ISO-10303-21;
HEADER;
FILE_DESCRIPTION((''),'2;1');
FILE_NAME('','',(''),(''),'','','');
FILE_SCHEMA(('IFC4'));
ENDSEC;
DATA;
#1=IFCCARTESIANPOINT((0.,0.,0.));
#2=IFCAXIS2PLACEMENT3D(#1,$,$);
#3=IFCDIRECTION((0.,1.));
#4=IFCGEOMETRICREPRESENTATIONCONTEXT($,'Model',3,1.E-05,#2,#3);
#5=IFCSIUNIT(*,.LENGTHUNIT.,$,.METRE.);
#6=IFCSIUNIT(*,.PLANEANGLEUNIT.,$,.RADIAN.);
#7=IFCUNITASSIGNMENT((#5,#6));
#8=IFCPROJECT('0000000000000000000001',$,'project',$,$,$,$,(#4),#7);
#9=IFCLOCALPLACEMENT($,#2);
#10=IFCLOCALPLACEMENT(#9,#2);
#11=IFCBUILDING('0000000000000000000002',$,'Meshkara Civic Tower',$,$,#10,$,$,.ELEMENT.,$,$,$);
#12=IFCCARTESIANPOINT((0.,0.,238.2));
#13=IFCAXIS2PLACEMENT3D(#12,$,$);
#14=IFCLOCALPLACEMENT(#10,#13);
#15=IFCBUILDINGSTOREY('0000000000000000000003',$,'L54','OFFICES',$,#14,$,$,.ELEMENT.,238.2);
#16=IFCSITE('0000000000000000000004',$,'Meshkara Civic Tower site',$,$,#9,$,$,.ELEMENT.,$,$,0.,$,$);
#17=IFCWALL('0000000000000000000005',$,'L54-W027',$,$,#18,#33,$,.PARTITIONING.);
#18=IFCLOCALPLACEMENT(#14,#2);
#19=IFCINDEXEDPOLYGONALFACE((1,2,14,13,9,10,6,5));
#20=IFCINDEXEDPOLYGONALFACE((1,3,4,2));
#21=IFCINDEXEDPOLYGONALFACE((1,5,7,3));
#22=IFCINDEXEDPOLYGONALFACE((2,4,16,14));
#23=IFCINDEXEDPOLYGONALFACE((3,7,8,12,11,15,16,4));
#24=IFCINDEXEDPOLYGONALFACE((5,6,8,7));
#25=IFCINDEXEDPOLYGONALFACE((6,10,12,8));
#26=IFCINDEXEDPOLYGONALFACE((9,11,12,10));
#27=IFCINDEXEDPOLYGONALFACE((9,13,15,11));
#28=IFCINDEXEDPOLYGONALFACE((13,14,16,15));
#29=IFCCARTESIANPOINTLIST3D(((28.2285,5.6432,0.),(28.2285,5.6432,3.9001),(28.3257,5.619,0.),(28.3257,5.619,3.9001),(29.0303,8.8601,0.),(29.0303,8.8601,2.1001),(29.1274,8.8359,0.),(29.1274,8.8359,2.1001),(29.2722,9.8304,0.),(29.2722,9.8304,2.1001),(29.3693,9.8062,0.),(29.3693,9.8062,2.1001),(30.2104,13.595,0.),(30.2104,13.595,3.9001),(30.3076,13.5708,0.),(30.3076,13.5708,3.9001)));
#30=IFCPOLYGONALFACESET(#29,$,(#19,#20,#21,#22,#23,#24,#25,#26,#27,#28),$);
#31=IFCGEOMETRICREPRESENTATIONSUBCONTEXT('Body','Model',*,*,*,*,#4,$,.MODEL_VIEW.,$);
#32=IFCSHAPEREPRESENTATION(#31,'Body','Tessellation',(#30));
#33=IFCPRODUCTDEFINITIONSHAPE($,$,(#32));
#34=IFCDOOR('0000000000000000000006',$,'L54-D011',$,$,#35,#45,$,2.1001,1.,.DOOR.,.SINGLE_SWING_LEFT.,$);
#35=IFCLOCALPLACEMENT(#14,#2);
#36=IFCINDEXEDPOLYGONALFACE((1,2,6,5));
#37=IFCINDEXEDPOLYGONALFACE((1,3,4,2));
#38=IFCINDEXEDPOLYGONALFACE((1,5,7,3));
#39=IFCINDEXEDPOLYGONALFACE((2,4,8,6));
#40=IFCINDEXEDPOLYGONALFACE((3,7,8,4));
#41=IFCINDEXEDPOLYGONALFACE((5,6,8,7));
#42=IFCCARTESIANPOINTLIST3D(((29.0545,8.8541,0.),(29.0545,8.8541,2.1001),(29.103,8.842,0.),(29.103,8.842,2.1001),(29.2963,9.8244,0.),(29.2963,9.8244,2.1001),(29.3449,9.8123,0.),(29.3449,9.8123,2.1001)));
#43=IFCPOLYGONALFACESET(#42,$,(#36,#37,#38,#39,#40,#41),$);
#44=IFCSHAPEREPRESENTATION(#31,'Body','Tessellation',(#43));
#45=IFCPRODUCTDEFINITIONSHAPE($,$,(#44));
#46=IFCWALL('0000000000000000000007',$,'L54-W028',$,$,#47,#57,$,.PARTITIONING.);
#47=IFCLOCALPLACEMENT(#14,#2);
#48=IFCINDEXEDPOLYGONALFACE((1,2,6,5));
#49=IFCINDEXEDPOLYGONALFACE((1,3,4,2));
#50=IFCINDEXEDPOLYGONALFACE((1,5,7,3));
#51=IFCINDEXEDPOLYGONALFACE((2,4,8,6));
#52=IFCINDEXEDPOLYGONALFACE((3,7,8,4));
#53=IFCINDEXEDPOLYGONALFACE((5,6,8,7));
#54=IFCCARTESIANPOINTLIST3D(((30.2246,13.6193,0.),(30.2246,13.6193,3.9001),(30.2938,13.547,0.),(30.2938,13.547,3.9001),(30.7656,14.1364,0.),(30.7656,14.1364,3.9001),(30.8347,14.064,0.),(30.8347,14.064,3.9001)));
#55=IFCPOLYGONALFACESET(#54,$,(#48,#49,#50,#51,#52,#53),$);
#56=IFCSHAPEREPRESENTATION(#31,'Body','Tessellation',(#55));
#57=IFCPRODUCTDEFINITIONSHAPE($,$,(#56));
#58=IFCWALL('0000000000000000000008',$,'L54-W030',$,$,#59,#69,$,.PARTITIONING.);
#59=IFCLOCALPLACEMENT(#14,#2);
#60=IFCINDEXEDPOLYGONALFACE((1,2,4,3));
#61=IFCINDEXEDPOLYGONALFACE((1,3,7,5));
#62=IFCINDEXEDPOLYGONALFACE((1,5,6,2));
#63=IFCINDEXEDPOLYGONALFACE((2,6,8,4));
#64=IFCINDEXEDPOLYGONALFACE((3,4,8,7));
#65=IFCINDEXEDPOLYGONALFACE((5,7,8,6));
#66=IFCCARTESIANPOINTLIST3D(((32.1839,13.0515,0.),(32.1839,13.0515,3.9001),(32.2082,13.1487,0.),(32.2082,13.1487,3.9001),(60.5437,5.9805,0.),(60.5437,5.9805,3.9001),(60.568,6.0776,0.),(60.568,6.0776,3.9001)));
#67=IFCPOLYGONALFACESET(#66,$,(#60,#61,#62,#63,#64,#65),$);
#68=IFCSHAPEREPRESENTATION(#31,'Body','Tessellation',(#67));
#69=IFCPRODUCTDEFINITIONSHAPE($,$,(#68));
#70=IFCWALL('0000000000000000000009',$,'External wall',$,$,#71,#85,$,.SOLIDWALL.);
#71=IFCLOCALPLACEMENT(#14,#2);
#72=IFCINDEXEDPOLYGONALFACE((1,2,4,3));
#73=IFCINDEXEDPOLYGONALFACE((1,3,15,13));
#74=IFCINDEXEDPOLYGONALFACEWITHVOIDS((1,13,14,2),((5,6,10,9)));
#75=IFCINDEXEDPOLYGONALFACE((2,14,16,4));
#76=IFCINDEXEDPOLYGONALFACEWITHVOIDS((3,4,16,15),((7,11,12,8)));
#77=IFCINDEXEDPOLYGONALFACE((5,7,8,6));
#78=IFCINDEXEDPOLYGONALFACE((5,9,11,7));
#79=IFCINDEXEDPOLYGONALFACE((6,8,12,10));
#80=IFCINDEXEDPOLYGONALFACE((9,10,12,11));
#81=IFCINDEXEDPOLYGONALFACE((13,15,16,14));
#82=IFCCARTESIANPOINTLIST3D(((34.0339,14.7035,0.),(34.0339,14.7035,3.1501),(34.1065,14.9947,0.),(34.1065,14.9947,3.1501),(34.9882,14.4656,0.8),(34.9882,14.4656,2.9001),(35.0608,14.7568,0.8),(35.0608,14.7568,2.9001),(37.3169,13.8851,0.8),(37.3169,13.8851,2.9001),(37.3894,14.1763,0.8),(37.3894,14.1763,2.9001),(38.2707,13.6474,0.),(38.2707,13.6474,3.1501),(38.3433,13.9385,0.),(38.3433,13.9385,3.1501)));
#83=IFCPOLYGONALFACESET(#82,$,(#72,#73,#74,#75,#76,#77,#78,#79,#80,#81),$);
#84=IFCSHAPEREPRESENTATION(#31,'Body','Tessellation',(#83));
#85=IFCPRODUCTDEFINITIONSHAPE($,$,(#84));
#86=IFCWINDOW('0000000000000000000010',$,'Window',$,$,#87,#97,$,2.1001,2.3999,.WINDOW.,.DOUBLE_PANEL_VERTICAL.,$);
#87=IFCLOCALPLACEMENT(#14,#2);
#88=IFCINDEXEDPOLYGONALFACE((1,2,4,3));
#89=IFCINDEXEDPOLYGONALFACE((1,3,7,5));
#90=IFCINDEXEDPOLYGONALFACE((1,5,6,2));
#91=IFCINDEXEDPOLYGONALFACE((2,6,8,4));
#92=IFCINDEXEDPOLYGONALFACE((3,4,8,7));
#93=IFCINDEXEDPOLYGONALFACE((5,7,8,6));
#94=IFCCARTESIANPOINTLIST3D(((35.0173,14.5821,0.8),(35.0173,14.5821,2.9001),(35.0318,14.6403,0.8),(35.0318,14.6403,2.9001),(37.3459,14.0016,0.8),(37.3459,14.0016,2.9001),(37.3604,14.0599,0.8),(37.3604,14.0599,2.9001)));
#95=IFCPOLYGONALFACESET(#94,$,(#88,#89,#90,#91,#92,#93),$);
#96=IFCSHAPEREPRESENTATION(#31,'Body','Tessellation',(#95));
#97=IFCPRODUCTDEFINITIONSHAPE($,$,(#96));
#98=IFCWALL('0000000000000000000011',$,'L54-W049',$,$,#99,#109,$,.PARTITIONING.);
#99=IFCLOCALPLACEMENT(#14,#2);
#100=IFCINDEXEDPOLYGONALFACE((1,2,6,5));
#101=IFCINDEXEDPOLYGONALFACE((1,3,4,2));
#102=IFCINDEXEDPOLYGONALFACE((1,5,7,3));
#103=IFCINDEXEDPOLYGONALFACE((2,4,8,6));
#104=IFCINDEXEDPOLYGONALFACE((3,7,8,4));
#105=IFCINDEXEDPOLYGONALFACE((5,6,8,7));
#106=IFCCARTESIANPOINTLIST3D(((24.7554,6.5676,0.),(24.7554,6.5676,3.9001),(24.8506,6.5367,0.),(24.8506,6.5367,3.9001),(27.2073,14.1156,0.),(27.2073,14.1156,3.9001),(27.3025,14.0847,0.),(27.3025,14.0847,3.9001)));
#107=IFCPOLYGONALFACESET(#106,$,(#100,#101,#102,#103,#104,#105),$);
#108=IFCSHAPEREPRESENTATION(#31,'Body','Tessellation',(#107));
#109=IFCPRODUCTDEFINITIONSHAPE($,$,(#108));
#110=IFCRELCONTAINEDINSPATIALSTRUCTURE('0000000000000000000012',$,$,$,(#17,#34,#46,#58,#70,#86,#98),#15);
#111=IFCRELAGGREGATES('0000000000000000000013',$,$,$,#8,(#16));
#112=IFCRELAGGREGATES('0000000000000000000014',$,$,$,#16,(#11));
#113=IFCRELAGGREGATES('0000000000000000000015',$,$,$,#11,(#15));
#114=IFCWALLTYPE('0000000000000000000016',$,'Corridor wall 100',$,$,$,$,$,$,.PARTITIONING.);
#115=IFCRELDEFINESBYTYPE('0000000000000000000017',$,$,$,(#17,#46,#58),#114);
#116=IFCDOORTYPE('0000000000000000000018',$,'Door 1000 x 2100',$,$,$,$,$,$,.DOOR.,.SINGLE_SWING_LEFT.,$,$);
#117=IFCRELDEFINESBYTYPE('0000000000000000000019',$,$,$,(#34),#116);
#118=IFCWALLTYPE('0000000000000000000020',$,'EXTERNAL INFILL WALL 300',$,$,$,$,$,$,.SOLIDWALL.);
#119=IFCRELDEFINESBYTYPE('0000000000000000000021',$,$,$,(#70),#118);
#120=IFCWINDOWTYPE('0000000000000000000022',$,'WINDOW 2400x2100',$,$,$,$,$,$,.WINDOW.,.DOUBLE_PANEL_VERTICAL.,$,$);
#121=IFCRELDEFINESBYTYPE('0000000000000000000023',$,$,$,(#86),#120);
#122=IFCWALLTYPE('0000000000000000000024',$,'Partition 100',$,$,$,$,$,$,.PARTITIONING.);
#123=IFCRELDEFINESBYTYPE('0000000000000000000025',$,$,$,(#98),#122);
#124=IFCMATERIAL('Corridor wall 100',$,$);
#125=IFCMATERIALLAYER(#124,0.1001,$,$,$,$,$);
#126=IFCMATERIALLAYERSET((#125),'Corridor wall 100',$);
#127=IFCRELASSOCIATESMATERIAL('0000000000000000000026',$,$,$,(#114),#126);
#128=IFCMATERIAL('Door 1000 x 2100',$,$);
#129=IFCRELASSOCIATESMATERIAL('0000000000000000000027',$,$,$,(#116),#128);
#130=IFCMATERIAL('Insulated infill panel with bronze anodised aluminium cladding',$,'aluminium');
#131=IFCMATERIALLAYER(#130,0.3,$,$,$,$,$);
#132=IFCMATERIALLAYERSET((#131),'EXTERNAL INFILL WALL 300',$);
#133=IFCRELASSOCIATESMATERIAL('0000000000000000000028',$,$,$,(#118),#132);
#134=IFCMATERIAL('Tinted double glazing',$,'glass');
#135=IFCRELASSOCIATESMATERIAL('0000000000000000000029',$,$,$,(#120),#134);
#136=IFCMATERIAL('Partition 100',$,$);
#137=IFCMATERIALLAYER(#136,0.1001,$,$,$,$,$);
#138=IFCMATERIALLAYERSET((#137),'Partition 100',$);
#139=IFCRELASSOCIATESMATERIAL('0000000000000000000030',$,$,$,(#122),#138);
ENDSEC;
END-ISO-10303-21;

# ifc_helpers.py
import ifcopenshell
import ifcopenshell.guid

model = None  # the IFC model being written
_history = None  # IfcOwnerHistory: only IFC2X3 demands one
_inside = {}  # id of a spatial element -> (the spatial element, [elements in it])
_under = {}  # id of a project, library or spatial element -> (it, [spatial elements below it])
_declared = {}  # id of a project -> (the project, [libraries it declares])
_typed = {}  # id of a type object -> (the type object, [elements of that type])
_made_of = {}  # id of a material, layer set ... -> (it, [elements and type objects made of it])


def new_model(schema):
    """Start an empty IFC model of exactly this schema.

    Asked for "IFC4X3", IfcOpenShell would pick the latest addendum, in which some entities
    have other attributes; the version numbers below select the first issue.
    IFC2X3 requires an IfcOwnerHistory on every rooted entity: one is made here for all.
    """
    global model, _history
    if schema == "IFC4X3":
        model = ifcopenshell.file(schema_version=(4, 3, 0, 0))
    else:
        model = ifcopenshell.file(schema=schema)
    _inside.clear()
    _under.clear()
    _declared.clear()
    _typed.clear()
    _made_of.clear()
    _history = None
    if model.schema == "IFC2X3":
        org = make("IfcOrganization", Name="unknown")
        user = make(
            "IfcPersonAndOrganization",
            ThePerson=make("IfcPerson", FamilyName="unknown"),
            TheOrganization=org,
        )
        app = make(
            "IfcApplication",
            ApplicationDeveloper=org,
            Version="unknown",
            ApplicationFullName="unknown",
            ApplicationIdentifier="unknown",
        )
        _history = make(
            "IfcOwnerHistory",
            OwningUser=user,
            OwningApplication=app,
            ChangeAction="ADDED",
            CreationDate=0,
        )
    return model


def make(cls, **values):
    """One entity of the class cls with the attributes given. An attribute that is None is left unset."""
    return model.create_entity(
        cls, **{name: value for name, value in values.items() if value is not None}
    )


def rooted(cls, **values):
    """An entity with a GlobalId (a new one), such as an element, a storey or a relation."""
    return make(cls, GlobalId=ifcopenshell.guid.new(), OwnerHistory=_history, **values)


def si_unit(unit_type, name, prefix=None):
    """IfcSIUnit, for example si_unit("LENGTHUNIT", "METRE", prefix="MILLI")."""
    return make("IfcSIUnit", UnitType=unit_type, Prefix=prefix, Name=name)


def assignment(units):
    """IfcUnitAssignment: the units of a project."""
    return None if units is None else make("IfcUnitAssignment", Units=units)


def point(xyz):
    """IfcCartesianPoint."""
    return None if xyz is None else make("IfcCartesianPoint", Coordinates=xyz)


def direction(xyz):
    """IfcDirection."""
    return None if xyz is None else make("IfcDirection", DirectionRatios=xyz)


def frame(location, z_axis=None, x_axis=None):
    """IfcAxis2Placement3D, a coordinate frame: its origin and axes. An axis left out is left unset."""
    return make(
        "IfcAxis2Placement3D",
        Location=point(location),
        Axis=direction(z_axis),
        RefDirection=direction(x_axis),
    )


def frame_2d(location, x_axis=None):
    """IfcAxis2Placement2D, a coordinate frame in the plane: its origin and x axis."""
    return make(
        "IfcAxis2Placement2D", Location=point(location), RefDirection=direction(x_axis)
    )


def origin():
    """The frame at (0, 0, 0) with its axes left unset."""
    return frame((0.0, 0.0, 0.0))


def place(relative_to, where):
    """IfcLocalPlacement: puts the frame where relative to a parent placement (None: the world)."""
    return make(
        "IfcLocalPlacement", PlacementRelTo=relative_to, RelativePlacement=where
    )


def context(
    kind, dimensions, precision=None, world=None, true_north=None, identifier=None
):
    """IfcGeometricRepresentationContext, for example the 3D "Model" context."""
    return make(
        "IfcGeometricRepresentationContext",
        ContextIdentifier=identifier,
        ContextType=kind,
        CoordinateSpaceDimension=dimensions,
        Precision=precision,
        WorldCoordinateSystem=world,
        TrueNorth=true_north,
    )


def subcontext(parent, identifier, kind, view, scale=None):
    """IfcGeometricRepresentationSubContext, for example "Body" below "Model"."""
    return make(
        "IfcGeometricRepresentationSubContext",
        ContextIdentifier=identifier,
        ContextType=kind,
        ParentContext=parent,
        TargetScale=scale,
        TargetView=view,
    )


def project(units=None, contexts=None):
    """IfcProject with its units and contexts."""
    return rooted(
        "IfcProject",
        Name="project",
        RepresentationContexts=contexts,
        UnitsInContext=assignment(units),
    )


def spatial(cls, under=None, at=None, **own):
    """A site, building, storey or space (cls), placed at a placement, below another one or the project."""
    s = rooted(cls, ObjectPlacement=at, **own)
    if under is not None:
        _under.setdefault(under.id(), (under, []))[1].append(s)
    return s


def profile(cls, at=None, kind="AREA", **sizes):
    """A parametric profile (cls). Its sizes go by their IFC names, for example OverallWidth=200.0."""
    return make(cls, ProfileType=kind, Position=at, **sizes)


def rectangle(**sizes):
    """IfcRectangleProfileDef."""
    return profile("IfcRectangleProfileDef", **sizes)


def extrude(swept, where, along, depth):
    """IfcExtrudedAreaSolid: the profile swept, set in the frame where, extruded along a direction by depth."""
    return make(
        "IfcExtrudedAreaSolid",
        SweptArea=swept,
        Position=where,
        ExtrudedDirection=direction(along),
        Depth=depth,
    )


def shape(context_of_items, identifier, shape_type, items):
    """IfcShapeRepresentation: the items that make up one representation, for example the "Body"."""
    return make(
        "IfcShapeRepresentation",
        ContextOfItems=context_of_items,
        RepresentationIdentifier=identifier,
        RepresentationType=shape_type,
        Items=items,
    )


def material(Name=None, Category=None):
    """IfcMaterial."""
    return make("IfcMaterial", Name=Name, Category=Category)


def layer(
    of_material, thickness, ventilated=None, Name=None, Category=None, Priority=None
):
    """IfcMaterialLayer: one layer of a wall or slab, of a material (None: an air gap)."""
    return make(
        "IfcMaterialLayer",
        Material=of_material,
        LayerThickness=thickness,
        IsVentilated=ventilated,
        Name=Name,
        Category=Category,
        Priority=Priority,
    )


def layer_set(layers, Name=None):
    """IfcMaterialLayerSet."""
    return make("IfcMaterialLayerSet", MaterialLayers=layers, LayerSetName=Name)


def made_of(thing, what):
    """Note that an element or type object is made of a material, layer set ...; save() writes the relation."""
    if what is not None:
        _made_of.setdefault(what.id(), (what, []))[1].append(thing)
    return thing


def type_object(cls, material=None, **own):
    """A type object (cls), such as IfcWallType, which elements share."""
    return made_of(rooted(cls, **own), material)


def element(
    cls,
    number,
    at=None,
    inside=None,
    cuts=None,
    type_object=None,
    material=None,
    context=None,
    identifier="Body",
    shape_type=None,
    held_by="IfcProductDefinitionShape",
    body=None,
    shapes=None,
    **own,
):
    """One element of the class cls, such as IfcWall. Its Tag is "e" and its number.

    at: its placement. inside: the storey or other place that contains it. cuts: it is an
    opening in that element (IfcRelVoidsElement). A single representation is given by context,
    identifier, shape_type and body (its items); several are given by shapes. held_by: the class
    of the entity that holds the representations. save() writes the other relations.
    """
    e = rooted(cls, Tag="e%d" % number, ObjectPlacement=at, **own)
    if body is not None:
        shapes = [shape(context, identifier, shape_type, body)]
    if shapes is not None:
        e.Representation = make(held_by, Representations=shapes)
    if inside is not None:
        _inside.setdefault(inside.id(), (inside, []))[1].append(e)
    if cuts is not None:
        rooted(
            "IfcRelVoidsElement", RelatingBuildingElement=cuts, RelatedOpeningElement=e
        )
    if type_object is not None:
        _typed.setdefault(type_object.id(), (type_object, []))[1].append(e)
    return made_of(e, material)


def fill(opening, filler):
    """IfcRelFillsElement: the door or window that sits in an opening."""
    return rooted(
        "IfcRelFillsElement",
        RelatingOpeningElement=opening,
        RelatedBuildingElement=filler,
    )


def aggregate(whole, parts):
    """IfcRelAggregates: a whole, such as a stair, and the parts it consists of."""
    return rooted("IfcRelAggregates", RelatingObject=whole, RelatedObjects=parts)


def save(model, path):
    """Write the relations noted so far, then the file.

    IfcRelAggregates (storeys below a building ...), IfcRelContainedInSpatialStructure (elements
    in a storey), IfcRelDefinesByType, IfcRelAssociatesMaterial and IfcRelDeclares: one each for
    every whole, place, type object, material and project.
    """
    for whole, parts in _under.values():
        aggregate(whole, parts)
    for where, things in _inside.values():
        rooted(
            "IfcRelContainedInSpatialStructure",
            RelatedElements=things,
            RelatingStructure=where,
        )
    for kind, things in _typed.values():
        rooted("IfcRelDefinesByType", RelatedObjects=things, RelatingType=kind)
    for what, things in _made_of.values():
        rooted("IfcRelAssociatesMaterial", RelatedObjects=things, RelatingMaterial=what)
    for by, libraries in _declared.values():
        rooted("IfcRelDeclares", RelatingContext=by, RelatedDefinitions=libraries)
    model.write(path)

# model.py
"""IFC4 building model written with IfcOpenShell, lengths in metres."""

from ifc_helpers import new_model, si_unit, direction, frame, frame_2d, origin, place, context, subcontext, project, spatial, rectangle, extrude, material, layer, layer_set, type_object, element, fill, save


model = new_model("IFC4")

# Units and contexts
model_context = context("Model", 3, precision=1e-05, world=origin(), true_north=direction((0.0, 1.0)))
body_context = subcontext(model_context, "Body", "Model", "MODEL_VIEW")
ifc_project = project(units=[si_unit("LENGTHUNIT", "METRE"), si_unit("PLANEANGLEUNIT", "RADIAN")], contexts=[model_context])

# Site, building, storey
site_placement = place(None, origin())
site = spatial("IfcSite", under=ifc_project, at=site_placement, Name="Meshkara Civic Tower site", CompositionType="ELEMENT", RefElevation=0.0)
building_placement = place(site_placement, origin())
building = spatial("IfcBuilding", under=site, at=building_placement, Name="Meshkara Civic Tower", CompositionType="ELEMENT")
storey_placement = place(building_placement, frame((0.0, 0.0, 238.2)))
storey = spatial("IfcBuildingStorey", under=building, at=storey_placement, Name="L54", Description="OFFICES", CompositionType="ELEMENT", Elevation=238.2)

# Wall, opening, door
ifc_material_1 = material(Name="Corridor wall 100")
ifc_layer_1 = layer(ifc_material_1, 0.1001)
ifc_layer_set_1 = layer_set([ifc_layer_1], Name="Corridor wall 100")
wall_type_1 = type_object("IfcWallType", Name="Corridor wall 100", PredefinedType="PARTITIONING", material=ifc_layer_set_1)
ifc_material_2 = material(Name="Door 1000 x 2100")
door_type_1 = type_object("IfcDoorType", Name="Door 1000 x 2100", OperationType="SINGLE_SWING_LEFT", PredefinedType="DOOR", material=ifc_material_2)
wall_1_placement = place(storey_placement, frame((30.259, 13.583, 0.0), z_axis=(0.0, 0.0, 1.0), x_axis=(-0.241842, -0.970316, 0.0)))
wall_1 = element("IfcWall", 1, at=wall_1_placement, inside=storey, type_object=wall_type_1, Name="L54-W027", PredefinedType="PARTITIONING", context=body_context, shape_type="SweptSolid", body=[
    extrude(rectangle(XDim=8.1951, YDim=0.1001, at=frame_2d((4.0977, 0.0))), origin(), (0.0, 0.0, 1.0), 3.9001),
])
opening_1_placement = place(wall_1_placement, frame((3.8799, 0.0, 0.0)))
opening_1 = element("IfcOpeningElement", 2, at=opening_1_placement, cuts=wall_1, PredefinedType="OPENING", context=body_context, shape_type="SweptSolid", body=[
    extrude(rectangle(XDim=1.0, YDim=2.1001, at=frame_2d((0.5, 1.05))), frame((0.0, 0.0601, 0.0), z_axis=(0.0, -1.0, 0.0), x_axis=(1.0, 0.0, 0.0)), (0.0, 0.0, 1.0), 0.1201),
])
door_1_placement = place(opening_1_placement, origin())
door_1 = element("IfcDoor", 3, at=door_1_placement, inside=storey, type_object=door_type_1, Name="L54-D011", OperationType="SINGLE_SWING_LEFT", OverallHeight=2.1001, OverallWidth=1.0, PredefinedType="DOOR", context=body_context, shape_type="SweptSolid", body=[
    extrude(rectangle(XDim=1.0, YDim=2.1001, at=frame_2d((0.5, 1.05))), frame((0.0, 0.0249, 0.0), z_axis=(0.0, -1.0, 0.0), x_axis=(1.0, 0.0, 0.0)), (0.0, 0.0, 1.0), 0.05),
])
fill(opening_1, door_1)

# Walls
wall_2_placement = place(storey_placement, frame((30.8, 14.1001, 0.0), z_axis=(0.0, 0.0, 1.0), x_axis=(-0.722911, -0.690941, 0.0)))
element("IfcWall", 4, at=wall_2_placement, inside=storey, type_object=wall_type_1, Name="L54-W028", PredefinedType="PARTITIONING", context=body_context, shape_type="SweptSolid", body=[
    extrude(rectangle(XDim=0.7483, YDim=0.1001, at=frame_2d((0.374, 0.0))), origin(), (0.0, 0.0, 1.0), 3.9001),
])
wall_3_placement = place(storey_placement, frame((32.196, 13.1001, 0.0), z_axis=(0.0, 0.0, 1.0), x_axis=(0.970295, -0.241926, 0.0)))
element("IfcWall", 5, at=wall_3_placement, inside=storey, type_object=wall_type_1, Name="L54-W030", PredefinedType="PARTITIONING", context=body_context, shape_type="SweptSolid", body=[
    extrude(rectangle(XDim=29.228, YDim=0.1001, at=frame_2d((14.614, 0.0))), origin(), (0.0, 0.0, 1.0), 3.9001),
])

# Wall, opening, window
ifc_material_3 = material(Name="Insulated infill panel with bronze anodised aluminium cladding", Category="aluminium")
ifc_layer_2 = layer(ifc_material_3, 0.3)
ifc_layer_set_2 = layer_set([ifc_layer_2], Name="EXTERNAL INFILL WALL 300")
wall_type_2 = type_object("IfcWallType", Name="EXTERNAL INFILL WALL 300", PredefinedType="SOLIDWALL", material=ifc_layer_set_2)
wall_4_placement = place(storey_placement, frame((38.3069, 13.793, 0.0), z_axis=(0.0, 0.0, 1.0), x_axis=(-0.970307, 0.241878, 0.0)))
wall_4 = element("IfcWall", 6, at=wall_4_placement, inside=storey, type_object=wall_type_2, Name="External wall", PredefinedType="SOLIDWALL", context=body_context, shape_type="SweptSolid", body=[
    extrude(rectangle(XDim=4.3665, YDim=0.3, at=frame_2d((2.1831, 0.0))), origin(), (0.0, 0.0, 1.0), 3.1501),
])
opening_2_placement = place(wall_4_placement, frame((0.9829, 0.0, 0.8)))
opening_2 = element("IfcOpeningElement", 7, at=opening_2_placement, cuts=wall_4, PredefinedType="OPENING", context=body_context, shape_type="SweptSolid", body=[
    extrude(rectangle(XDim=2.3999, YDim=2.1001, at=frame_2d((1.2, 1.05))), frame((0.0, 0.1599, 0.0), z_axis=(0.0, -1.0, 0.0), x_axis=(1.0, 0.0, 0.0)), (0.0, 0.0, 1.0), 0.3201),
])
ifc_material_4 = material(Name="Tinted double glazing", Category="glass")
window_type = type_object("IfcWindowType", Name="WINDOW 2400x2100", PartitioningType="DOUBLE_PANEL_VERTICAL", PredefinedType="WINDOW", material=ifc_material_4)
window_placement = place(opening_2_placement, origin())
window = element("IfcWindow", 8, at=window_placement, inside=storey, type_object=window_type, Name="Window", OverallHeight=2.1001, OverallWidth=2.3999, PartitioningType="DOUBLE_PANEL_VERTICAL", PredefinedType="WINDOW", context=body_context, shape_type="SweptSolid", body=[
    extrude(rectangle(XDim=2.3999, YDim=2.1001, at=frame_2d((1.2, 1.05))), frame((0.0, 0.03, 0.0), z_axis=(0.0, -1.0, 0.0), x_axis=(1.0, 0.0, 0.0)), (0.0, 0.0, 1.0), 0.0601),
])
fill(opening_2, window)

# Wall
ifc_material_5 = material(Name="Partition 100")
ifc_layer_3 = layer(ifc_material_5, 0.1001)
ifc_layer_set_3 = layer_set([ifc_layer_3], Name="Partition 100")
wall_type_3 = type_object("IfcWallType", Name="Partition 100", PredefinedType="PARTITIONING", material=ifc_layer_set_3)
wall_5_placement = place(storey_placement, frame((24.803, 6.552, 0.0), z_axis=(0.0, 0.0, 1.0), x_axis=(0.308946, 0.951079, 0.0)))
element("IfcWall", 9, at=wall_5_placement, inside=storey, type_object=wall_type_3, Name="L54-W049", PredefinedType="PARTITIONING", context=body_context, shape_type="SweptSolid", body=[
    extrude(rectangle(XDim=7.9363, YDim=0.1001, at=frame_2d((3.9683, 0.0))), origin(), (0.0, 0.0, 1.0), 3.9001),
])

save(model, "model.ifc")
